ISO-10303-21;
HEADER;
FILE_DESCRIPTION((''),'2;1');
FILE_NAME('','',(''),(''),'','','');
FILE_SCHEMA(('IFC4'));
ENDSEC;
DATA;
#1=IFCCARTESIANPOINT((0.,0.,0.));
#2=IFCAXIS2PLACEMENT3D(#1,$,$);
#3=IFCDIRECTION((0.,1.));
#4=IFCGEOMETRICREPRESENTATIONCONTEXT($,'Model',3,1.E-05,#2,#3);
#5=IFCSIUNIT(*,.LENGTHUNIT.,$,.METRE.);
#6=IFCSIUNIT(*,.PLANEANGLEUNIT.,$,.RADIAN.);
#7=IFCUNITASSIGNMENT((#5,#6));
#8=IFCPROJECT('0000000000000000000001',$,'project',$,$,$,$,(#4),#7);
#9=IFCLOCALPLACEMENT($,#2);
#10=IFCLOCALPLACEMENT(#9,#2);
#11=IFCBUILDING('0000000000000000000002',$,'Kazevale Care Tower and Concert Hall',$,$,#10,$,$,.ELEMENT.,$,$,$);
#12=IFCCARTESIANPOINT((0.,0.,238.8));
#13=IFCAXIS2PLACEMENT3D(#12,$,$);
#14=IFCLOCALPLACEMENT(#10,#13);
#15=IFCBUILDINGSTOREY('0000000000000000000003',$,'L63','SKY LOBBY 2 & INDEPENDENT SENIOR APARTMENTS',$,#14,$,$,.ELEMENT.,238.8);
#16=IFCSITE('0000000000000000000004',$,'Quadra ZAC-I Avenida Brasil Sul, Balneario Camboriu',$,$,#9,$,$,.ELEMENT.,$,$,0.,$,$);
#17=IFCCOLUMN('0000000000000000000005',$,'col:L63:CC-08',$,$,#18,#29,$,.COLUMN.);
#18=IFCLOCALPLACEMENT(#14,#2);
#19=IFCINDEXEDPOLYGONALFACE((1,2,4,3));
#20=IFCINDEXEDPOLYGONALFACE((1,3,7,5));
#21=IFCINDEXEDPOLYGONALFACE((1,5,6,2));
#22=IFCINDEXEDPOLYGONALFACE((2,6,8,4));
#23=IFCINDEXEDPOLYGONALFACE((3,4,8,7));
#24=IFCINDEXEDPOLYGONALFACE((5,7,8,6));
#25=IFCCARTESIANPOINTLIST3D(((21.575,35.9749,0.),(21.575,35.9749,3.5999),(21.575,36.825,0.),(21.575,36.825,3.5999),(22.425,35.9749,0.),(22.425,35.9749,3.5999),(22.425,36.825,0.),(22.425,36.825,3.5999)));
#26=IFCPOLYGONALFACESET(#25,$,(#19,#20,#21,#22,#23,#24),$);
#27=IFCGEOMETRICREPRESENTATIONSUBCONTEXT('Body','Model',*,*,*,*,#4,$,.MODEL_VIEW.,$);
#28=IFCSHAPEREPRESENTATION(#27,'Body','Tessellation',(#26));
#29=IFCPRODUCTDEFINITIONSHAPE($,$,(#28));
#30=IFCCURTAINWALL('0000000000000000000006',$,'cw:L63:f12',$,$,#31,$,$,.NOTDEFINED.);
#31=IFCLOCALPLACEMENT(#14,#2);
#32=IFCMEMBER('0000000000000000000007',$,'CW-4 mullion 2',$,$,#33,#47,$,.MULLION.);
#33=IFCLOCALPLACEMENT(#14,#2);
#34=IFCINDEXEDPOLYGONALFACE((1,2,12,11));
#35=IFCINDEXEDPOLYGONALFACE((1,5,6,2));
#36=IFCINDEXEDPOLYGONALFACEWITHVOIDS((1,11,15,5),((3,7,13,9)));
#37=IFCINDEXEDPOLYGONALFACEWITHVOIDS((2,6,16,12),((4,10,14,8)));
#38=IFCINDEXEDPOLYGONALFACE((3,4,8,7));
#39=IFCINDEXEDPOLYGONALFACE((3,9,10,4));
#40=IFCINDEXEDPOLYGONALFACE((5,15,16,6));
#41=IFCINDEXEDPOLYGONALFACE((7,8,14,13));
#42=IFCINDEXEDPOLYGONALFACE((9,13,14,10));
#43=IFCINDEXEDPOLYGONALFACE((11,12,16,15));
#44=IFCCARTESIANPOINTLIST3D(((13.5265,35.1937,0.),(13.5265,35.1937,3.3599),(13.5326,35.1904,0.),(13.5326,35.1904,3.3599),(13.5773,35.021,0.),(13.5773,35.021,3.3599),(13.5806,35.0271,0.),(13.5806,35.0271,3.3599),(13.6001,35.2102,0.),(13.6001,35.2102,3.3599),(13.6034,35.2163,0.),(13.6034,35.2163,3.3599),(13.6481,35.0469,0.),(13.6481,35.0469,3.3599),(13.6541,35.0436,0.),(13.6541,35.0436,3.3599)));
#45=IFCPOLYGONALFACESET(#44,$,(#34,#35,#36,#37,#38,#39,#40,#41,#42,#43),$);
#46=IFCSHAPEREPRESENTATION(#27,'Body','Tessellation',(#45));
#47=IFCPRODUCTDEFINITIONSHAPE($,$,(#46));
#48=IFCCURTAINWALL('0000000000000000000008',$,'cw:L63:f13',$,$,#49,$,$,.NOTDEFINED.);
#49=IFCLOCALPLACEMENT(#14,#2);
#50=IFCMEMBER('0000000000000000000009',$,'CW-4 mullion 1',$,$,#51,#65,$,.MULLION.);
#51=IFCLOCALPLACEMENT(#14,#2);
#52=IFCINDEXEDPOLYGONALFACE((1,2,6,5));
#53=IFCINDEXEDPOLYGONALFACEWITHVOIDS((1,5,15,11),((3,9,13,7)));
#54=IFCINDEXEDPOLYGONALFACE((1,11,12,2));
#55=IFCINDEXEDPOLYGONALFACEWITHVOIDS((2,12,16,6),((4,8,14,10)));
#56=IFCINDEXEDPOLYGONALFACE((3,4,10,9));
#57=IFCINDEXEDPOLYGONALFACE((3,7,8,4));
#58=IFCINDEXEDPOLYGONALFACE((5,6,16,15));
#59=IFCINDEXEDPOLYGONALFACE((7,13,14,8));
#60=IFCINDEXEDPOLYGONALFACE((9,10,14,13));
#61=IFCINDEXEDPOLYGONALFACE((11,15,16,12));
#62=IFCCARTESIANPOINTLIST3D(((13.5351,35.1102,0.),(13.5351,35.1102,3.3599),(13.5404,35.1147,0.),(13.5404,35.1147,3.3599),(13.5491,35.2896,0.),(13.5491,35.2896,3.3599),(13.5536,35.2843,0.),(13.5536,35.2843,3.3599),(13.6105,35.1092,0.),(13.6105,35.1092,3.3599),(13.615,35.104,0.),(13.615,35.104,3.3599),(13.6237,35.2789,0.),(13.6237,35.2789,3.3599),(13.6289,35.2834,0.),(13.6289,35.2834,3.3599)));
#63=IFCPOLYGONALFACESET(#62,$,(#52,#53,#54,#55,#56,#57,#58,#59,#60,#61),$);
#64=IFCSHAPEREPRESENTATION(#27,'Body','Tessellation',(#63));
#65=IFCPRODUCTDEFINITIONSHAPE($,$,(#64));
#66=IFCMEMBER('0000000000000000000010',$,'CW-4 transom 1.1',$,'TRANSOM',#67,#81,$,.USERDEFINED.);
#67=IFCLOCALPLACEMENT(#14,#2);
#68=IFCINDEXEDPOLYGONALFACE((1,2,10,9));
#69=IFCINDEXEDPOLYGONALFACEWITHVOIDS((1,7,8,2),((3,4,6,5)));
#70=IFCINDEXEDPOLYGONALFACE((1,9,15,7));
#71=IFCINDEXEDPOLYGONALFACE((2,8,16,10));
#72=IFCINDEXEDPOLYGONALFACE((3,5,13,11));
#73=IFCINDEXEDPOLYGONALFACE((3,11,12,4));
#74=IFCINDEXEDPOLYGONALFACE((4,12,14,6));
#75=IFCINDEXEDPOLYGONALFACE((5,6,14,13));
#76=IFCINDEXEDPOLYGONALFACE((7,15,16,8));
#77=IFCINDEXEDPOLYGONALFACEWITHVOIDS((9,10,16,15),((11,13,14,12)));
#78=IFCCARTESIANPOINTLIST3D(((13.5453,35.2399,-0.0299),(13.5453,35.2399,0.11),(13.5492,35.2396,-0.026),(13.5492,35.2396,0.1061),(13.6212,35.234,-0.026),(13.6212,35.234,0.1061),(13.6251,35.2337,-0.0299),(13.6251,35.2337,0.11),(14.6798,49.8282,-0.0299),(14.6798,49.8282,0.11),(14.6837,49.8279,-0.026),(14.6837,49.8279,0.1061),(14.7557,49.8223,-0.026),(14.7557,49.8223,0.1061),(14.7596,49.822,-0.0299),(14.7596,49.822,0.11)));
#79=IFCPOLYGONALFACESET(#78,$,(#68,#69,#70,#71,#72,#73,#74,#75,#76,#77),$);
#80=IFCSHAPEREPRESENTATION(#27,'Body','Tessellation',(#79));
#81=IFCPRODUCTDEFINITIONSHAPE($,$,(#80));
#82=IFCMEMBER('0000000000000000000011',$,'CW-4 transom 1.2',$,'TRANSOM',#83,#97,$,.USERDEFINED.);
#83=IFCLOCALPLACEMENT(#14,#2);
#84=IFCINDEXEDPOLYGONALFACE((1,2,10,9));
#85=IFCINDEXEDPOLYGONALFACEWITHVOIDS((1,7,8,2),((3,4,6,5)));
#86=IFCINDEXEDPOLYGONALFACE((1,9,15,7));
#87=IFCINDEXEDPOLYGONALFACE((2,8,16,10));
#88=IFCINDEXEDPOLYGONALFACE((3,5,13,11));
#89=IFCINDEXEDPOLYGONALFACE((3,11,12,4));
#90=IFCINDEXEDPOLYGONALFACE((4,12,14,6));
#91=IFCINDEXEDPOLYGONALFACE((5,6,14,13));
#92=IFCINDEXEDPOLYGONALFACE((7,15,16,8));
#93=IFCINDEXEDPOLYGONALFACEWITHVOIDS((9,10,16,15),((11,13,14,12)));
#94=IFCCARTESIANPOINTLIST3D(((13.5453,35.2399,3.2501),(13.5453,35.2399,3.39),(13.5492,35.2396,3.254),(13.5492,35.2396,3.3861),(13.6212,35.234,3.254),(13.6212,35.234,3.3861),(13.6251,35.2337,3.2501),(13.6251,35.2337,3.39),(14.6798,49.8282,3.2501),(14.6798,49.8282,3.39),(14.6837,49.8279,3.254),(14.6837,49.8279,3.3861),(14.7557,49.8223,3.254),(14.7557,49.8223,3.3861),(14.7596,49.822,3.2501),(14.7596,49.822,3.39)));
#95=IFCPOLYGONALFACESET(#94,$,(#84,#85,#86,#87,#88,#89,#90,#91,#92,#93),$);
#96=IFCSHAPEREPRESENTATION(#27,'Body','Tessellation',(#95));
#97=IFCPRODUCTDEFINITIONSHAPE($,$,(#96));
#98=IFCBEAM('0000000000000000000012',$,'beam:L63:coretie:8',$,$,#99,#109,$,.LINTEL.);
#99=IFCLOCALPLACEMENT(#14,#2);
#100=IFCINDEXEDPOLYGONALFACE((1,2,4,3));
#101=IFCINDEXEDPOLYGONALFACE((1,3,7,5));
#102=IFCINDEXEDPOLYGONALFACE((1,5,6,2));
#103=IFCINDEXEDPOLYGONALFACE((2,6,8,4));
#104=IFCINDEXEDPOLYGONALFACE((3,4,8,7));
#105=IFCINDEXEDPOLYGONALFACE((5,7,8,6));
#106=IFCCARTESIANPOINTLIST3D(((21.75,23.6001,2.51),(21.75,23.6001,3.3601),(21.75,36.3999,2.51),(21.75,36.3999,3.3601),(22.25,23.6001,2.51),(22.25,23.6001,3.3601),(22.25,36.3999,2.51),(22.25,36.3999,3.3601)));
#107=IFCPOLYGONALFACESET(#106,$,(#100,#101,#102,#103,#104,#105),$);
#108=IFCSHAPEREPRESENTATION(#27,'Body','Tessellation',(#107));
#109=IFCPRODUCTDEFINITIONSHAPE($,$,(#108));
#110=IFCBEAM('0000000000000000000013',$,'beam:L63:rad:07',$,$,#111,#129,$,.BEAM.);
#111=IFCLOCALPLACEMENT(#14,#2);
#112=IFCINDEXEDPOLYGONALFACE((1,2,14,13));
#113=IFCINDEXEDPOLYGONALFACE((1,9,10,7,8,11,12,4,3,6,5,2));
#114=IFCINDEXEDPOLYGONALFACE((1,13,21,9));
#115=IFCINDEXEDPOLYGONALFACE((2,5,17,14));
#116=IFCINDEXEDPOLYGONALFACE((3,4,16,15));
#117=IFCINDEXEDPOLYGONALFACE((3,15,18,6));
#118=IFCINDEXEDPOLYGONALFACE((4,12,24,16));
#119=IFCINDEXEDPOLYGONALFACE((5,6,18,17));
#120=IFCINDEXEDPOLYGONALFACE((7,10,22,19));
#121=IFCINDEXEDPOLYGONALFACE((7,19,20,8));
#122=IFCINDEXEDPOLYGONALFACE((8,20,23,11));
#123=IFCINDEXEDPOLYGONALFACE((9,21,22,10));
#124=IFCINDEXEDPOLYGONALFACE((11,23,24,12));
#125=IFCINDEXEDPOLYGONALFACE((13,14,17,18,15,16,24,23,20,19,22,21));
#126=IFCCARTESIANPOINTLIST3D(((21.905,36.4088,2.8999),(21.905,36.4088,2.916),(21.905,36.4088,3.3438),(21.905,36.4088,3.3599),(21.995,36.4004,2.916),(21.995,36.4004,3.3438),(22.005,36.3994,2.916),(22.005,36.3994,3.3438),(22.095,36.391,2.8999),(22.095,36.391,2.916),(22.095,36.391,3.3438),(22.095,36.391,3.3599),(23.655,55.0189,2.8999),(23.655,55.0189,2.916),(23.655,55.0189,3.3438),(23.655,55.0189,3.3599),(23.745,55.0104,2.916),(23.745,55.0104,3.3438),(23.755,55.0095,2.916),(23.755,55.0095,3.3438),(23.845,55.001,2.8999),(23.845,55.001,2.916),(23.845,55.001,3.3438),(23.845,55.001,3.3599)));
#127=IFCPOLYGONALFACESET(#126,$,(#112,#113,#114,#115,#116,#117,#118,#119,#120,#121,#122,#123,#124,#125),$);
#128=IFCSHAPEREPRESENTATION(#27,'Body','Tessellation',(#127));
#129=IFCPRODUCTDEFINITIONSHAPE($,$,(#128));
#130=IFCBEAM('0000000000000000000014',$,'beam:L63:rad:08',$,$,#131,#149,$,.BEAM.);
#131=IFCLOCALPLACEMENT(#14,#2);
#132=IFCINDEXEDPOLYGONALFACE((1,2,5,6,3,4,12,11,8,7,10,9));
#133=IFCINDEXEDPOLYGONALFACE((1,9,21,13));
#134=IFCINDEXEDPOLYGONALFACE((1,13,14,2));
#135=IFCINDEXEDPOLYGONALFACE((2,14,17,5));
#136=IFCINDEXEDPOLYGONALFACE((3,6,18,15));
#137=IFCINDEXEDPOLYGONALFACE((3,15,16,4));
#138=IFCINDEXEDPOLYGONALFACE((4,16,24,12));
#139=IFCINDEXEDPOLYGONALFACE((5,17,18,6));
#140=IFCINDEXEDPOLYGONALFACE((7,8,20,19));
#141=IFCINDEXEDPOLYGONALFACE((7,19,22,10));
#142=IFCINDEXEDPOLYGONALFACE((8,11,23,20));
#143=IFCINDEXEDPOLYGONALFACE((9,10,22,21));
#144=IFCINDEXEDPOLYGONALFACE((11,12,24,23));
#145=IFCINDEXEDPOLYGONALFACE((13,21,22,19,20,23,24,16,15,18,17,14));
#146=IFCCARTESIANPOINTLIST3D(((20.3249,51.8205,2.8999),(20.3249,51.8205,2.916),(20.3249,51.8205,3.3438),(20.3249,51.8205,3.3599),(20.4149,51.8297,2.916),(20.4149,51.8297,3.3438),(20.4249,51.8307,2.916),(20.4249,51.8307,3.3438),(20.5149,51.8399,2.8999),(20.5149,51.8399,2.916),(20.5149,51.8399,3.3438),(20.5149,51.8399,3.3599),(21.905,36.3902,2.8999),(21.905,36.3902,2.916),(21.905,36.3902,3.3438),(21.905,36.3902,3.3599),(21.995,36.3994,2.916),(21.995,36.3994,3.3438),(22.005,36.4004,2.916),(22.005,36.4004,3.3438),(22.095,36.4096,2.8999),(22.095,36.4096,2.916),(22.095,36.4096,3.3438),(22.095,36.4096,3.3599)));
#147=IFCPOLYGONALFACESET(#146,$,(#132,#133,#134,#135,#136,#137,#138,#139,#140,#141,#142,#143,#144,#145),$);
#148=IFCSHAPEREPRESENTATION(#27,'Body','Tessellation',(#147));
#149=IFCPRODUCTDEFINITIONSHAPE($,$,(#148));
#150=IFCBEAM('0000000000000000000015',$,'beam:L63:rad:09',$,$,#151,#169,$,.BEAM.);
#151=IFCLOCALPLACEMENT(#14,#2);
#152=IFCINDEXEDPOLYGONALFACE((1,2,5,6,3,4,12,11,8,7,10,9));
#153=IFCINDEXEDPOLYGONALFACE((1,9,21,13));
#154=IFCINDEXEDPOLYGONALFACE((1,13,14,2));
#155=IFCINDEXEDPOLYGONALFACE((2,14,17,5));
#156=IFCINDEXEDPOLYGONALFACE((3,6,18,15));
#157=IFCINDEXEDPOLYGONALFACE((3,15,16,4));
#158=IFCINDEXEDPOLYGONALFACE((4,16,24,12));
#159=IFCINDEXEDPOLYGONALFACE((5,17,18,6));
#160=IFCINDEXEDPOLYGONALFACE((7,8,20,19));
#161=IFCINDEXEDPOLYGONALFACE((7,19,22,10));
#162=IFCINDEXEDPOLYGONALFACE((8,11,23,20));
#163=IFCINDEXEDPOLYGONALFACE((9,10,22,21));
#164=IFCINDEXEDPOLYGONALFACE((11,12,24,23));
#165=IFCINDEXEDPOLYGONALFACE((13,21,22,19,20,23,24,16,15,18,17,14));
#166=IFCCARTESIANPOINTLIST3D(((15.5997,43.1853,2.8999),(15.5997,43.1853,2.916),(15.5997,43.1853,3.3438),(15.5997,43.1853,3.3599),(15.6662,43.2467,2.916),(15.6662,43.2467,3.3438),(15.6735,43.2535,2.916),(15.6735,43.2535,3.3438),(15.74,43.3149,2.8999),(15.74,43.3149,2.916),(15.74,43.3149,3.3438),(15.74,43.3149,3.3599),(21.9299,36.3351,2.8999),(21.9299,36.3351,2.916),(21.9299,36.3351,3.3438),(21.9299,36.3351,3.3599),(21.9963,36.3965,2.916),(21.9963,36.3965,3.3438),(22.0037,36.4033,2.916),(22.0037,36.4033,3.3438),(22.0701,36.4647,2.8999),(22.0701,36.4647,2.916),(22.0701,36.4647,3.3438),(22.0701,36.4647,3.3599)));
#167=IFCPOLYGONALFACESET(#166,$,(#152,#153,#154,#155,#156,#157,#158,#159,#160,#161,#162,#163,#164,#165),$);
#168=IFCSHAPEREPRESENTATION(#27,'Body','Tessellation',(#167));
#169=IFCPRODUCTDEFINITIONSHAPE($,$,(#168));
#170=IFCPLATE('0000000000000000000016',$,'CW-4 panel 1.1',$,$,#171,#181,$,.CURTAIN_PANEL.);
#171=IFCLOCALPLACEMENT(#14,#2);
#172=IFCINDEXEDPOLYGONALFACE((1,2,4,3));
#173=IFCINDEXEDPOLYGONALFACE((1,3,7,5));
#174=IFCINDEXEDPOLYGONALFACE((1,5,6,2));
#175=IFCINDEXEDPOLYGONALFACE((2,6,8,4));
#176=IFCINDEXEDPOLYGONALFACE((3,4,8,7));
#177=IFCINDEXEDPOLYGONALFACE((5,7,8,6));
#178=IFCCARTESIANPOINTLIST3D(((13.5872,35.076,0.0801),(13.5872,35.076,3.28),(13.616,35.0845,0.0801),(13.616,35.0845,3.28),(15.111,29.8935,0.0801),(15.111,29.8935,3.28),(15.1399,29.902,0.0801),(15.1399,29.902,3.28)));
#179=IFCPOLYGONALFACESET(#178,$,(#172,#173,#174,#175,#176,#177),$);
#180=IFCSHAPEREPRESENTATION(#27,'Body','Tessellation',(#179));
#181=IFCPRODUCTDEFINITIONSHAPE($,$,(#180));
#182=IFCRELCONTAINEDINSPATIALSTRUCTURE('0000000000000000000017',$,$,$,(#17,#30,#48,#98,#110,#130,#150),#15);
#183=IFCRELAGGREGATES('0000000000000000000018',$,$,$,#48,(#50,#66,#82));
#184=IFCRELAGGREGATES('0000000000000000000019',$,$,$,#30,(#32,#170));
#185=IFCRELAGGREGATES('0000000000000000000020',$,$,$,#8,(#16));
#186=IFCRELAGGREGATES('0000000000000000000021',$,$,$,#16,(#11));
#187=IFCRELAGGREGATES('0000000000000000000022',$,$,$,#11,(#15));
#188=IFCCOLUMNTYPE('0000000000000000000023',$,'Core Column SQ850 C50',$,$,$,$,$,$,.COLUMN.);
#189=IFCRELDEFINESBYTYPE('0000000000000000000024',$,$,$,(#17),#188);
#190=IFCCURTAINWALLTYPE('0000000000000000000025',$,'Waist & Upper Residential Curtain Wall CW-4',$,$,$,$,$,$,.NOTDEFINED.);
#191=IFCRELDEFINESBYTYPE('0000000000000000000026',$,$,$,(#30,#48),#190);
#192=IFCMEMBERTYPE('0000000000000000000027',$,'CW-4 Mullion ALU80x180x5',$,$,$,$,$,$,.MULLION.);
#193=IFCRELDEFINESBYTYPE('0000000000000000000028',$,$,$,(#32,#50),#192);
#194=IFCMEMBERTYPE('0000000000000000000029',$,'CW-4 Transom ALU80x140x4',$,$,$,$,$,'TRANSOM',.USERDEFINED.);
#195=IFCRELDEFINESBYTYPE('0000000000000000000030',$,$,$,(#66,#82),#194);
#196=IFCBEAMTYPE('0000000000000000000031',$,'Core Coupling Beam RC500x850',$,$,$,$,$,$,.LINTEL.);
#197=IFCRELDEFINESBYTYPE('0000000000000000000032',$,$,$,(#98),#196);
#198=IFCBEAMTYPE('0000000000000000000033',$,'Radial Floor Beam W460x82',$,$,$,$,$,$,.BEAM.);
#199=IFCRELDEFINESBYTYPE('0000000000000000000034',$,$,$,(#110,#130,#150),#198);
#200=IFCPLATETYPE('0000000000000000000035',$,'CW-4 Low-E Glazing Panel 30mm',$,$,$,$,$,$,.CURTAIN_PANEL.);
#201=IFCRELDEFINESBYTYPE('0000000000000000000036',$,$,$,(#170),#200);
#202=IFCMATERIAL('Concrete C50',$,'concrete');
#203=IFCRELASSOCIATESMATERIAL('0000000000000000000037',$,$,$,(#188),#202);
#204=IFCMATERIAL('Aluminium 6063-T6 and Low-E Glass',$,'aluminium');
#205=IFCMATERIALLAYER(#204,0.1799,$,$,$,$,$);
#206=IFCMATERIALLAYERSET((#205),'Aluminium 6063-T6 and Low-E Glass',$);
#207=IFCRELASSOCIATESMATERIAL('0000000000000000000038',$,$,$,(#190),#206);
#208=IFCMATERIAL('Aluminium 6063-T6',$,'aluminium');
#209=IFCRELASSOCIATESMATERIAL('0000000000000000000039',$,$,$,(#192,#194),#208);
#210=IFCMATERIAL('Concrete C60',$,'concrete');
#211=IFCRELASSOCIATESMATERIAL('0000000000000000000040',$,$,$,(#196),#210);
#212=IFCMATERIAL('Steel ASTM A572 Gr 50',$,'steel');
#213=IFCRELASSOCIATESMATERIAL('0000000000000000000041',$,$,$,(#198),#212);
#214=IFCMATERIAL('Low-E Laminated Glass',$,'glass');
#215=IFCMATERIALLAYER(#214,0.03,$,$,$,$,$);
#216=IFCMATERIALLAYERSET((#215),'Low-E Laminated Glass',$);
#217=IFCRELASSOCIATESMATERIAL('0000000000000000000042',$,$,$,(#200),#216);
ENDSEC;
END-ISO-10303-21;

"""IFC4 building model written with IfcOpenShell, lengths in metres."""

from ifc_helpers import new_model, si_unit, direction, frame, origin, origin_2d, place, context, subcontext, project, spatial, rectangle, hollow_rectangle, i_section, extrude, material, layer, layer_set, material_profile, profile_set, type_object, element, aggregate, save


model = new_model("IFC4")

# Units and contexts
model_context = context("Model", 3, precision=1e-05, world=origin(), true_north=direction((0.0, 1.0)))
body_context = subcontext(model_context, "Body", "Model", "MODEL_VIEW")
ifc_project = project(units=[si_unit("LENGTHUNIT", "METRE"), si_unit("PLANEANGLEUNIT", "RADIAN")], contexts=[model_context])

# Site, building, storey
site_placement = place(None, origin())
site = spatial("IfcSite", under=ifc_project, at=site_placement, Name="Quadra ZAC-I Avenida Brasil Sul, Balneario Camboriu", CompositionType="ELEMENT", RefElevation=0.0)
building_placement = place(site_placement, origin())
building = spatial("IfcBuilding", under=site, at=building_placement, Name="Kazevale Care Tower and Concert Hall", CompositionType="ELEMENT")
storey_placement = place(building_placement, frame((0.0, 0.0, 238.8)))
storey = spatial("IfcBuildingStorey", under=building, at=storey_placement, Name="L63", Description="SKY LOBBY 2 & INDEPENDENT SENIOR APARTMENTS", CompositionType="ELEMENT", Elevation=238.8)

# Column
ifc_material_1 = material(Name="Concrete C50", Category="concrete")
ifc_material_profile_1 = material_profile(ifc_material_1, rectangle(XDim=0.8501, YDim=0.8501, at=origin_2d()), Name="RC-SQ850")
ifc_profile_set_1 = profile_set([ifc_material_profile_1], Name="Concrete C50")
column_type = type_object("IfcColumnType", Name="Core Column SQ850 C50", PredefinedType="COLUMN", material=ifc_profile_set_1)
column_placement = place(storey_placement, frame((22.0, 36.3999, 0.0), z_axis=(0.0, 0.0, 1.0), x_axis=(1.0, 0.0, 0.0)))
element("IfcColumn", 1, at=column_placement, inside=storey, type_object=column_type, Name="col:L63:CC-08", PredefinedType="COLUMN", context=body_context, shape_type="SweptSolid", body=[
    extrude(rectangle(XDim=0.8501, YDim=0.8501, at=origin_2d()), origin(), (0.0, 0.0, 1.0), 3.5999),
])

# Curtain wall, member
ifc_material_2 = material(Name="Aluminium 6063-T6 and Low-E Glass", Category="aluminium")
ifc_layer_1 = layer(ifc_material_2, 0.1799)
ifc_layer_set_1 = layer_set([ifc_layer_1], Name="Aluminium 6063-T6 and Low-E Glass")
curtain_wall_type = type_object("IfcCurtainWallType", Name="Waist & Upper Residential Curtain Wall CW-4", PredefinedType="NOTDEFINED", material=ifc_layer_set_1)
curtain_wall_1_placement = place(storey_placement, origin())
curtain_wall_1 = element("IfcCurtainWall", 2, at=curtain_wall_1_placement, inside=storey, type_object=curtain_wall_type, Name="cw:L63:f12", PredefinedType="NOTDEFINED")
ifc_material_3 = material(Name="Aluminium 6063-T6", Category="aluminium")
ifc_material_profile_2 = material_profile(ifc_material_3, hollow_rectangle(XDim=0.0801, YDim=0.1799, WallThickness=0.0049, at=origin_2d()), Name="ALU80x180x5")
ifc_profile_set_2 = profile_set([ifc_material_profile_2], Name="Aluminium 6063-T6")
member_type_1 = type_object("IfcMemberType", Name="CW-4 Mullion ALU80x180x5", PredefinedType="MULLION", material=ifc_profile_set_2)
member_1_placement = place(storey_placement, frame((13.5903, 35.1187, 0.0), z_axis=(0.0, 0.0, 1.0), x_axis=(-0.959386, -0.282098, 0.0)))
member_1 = element("IfcMember", 3, at=member_1_placement, type_object=member_type_1, Name="CW-4 mullion 2", PredefinedType="MULLION", context=body_context, shape_type="SweptSolid", body=[
    extrude(hollow_rectangle(XDim=0.0801, YDim=0.1799, WallThickness=0.0049, at=origin_2d()), origin(), (0.0, 0.0, 1.0), 3.3599),
])

# Curtain wall, members
curtain_wall_2_placement = place(storey_placement, origin())
curtain_wall_2 = element("IfcCurtainWall", 4, at=curtain_wall_2_placement, inside=storey, type_object=curtain_wall_type, Name="cw:L63:f13", PredefinedType="NOTDEFINED")
member_2_placement = place(storey_placement, frame((13.582, 35.1968, 0.0), z_axis=(0.0, 0.0, 1.0), x_axis=(-0.996989, 0.077539, 0.0)))
member_2 = element("IfcMember", 5, at=member_2_placement, type_object=member_type_1, Name="CW-4 mullion 1", PredefinedType="MULLION", context=body_context, shape_type="SweptSolid", body=[
    extrude(hollow_rectangle(XDim=0.0801, YDim=0.1799, WallThickness=0.0049, at=origin_2d()), origin(), (0.0, 0.0, 1.0), 3.3599),
])
ifc_material_profile_3 = material_profile(ifc_material_3, hollow_rectangle(XDim=0.0801, YDim=0.1399, WallThickness=0.0039, at=origin_2d()), Name="ALU80x140x4")
ifc_profile_set_3 = profile_set([ifc_material_profile_3], Name="Aluminium 6063-T6")
member_type_2 = type_object("IfcMemberType", Name="CW-4 Transom ALU80x140x4", ElementType="TRANSOM", PredefinedType="USERDEFINED", material=ifc_profile_set_3)
member_3_placement = place(storey_placement, frame((13.5852, 35.2368, 0.04), z_axis=(0.077535, 0.99699, 0.0), x_axis=(-0.99699, 0.077535, 0.0)))
member_3 = element("IfcMember", 6, at=member_3_placement, type_object=member_type_2, Name="CW-4 transom 1.1", ObjectType="TRANSOM", PredefinedType="USERDEFINED", context=body_context, shape_type="SweptSolid", body=[
    extrude(hollow_rectangle(XDim=0.0801, YDim=0.1399, WallThickness=0.0039, at=origin_2d()), origin(), (0.0, 0.0, 1.0), 14.6323),
])
member_4_placement = place(storey_placement, frame((13.5852, 35.2368, 3.3201), z_axis=(0.077535, 0.99699, 0.0), x_axis=(-0.99699, 0.077535, 0.0)))
member_4 = element("IfcMember", 7, at=member_4_placement, type_object=member_type_2, Name="CW-4 transom 1.2", ObjectType="TRANSOM", PredefinedType="USERDEFINED", context=body_context, shape_type="SweptSolid", body=[
    extrude(hollow_rectangle(XDim=0.0801, YDim=0.1399, WallThickness=0.0039, at=origin_2d()), origin(), (0.0, 0.0, 1.0), 14.6323),
])
aggregate(curtain_wall_2, [member_2, member_3, member_4])

# Beams
ifc_material_4 = material(Name="Concrete C60", Category="concrete")
ifc_material_profile_4 = material_profile(ifc_material_4, rectangle(XDim=0.5, YDim=0.8501, at=origin_2d()), Name="RC-B500x850")
ifc_profile_set_4 = profile_set([ifc_material_profile_4], Name="Concrete C60")
beam_type_1 = type_object("IfcBeamType", Name="Core Coupling Beam RC500x850", PredefinedType="LINTEL", material=ifc_profile_set_4)
beam_1_placement = place(storey_placement, frame((22.0, 36.3999, 2.9351), z_axis=(0.0, -1.0, 0.0), x_axis=(1.0, 0.0, 0.0)))
element("IfcBeam", 8, at=beam_1_placement, inside=storey, type_object=beam_type_1, Name="beam:L63:coretie:8", PredefinedType="LINTEL", context=body_context, shape_type="SweptSolid", body=[
    extrude(rectangle(XDim=0.5, YDim=0.8501, at=origin_2d()), origin(), (0.0, 0.0, 1.0), 12.7998),
])
ifc_material_5 = material(Name="Steel ASTM A572 Gr 50", Category="steel")
ifc_material_profile_5 = material_profile(ifc_material_5, i_section(OverallWidth=0.1909, OverallDepth=0.46, WebThickness=0.01, FlangeThickness=0.0161, at=origin_2d()), Name="W460x82")
ifc_profile_set_5 = profile_set([ifc_material_profile_5], Name="Steel ASTM A572 Gr 50")
beam_type_2 = type_object("IfcBeamType", Name="Radial Floor Beam W460x82", PredefinedType="BEAM", material=ifc_profile_set_5)
beam_2_placement = place(storey_placement, frame((22.0, 36.3999, 3.1299), z_axis=(0.093622, 0.995608, 0.0), x_axis=(-0.995608, 0.093622, 0.0)))
element("IfcBeam", 9, at=beam_2_placement, inside=storey, type_object=beam_type_2, Name="beam:L63:rad:07", PredefinedType="BEAM", context=body_context, shape_type="SweptSolid", body=[
    extrude(i_section(OverallWidth=0.1909, OverallDepth=0.46, WebThickness=0.01, FlangeThickness=0.0161, at=origin_2d()), origin(), (0.0, 0.0, 1.0), 18.6921),
])
beam_3_placement = place(storey_placement, frame((22.0, 36.3999, 3.1299), z_axis=(-0.101869, 0.994798, 0.0), x_axis=(-0.994798, -0.101869, 0.0)))
element("IfcBeam", 10, at=beam_3_placement, inside=storey, type_object=beam_type_2, Name="beam:L63:rad:08", PredefinedType="BEAM", context=body_context, shape_type="SweptSolid", body=[
    extrude(i_section(OverallWidth=0.1909, OverallDepth=0.46, WebThickness=0.01, FlangeThickness=0.0161, at=origin_2d()), origin(), (0.0, 0.0, 1.0), 15.511),
])
beam_4_placement = place(storey_placement, frame((22.0, 36.3999, 3.1299), z_axis=(-0.67868, 0.734434, 0.0), x_axis=(-0.734434, -0.67868, 0.0)))
element("IfcBeam", 11, at=beam_4_placement, inside=storey, type_object=beam_type_2, Name="beam:L63:rad:09", PredefinedType="BEAM", context=body_context, shape_type="SweptSolid", body=[
    extrude(i_section(OverallWidth=0.1909, OverallDepth=0.46, WebThickness=0.01, FlangeThickness=0.0161, at=origin_2d()), origin(), (0.0, 0.0, 1.0), 9.3271),
])

# Plate
ifc_material_6 = material(Name="Low-E Laminated Glass", Category="glass")
ifc_layer_2 = layer(ifc_material_6, 0.03)
ifc_layer_set_2 = layer_set([ifc_layer_2], Name="Low-E Laminated Glass")
plate_type = type_object("IfcPlateType", Name="CW-4 Low-E Glazing Panel 30mm", PredefinedType="CURTAIN_PANEL", material=ifc_layer_set_2)
plate_placement = place(storey_placement, frame((14.3635, 32.489, 0.0801), z_axis=(0.0, 0.0, 1.0), x_axis=(-0.282098, 0.959386, 0.0)))
plate = element("IfcPlate", 12, at=plate_placement, type_object=plate_type, Name="CW-4 panel 1.1", PredefinedType="CURTAIN_PANEL", context=body_context, shape_type="SweptSolid", body=[
    extrude(rectangle(XDim=5.4019, YDim=0.03, at=origin_2d()), origin(), (0.0, 0.0, 1.0), 3.2),
])
aggregate(curtain_wall_1, [member_1, plate])

save(model, "model.ifc")
